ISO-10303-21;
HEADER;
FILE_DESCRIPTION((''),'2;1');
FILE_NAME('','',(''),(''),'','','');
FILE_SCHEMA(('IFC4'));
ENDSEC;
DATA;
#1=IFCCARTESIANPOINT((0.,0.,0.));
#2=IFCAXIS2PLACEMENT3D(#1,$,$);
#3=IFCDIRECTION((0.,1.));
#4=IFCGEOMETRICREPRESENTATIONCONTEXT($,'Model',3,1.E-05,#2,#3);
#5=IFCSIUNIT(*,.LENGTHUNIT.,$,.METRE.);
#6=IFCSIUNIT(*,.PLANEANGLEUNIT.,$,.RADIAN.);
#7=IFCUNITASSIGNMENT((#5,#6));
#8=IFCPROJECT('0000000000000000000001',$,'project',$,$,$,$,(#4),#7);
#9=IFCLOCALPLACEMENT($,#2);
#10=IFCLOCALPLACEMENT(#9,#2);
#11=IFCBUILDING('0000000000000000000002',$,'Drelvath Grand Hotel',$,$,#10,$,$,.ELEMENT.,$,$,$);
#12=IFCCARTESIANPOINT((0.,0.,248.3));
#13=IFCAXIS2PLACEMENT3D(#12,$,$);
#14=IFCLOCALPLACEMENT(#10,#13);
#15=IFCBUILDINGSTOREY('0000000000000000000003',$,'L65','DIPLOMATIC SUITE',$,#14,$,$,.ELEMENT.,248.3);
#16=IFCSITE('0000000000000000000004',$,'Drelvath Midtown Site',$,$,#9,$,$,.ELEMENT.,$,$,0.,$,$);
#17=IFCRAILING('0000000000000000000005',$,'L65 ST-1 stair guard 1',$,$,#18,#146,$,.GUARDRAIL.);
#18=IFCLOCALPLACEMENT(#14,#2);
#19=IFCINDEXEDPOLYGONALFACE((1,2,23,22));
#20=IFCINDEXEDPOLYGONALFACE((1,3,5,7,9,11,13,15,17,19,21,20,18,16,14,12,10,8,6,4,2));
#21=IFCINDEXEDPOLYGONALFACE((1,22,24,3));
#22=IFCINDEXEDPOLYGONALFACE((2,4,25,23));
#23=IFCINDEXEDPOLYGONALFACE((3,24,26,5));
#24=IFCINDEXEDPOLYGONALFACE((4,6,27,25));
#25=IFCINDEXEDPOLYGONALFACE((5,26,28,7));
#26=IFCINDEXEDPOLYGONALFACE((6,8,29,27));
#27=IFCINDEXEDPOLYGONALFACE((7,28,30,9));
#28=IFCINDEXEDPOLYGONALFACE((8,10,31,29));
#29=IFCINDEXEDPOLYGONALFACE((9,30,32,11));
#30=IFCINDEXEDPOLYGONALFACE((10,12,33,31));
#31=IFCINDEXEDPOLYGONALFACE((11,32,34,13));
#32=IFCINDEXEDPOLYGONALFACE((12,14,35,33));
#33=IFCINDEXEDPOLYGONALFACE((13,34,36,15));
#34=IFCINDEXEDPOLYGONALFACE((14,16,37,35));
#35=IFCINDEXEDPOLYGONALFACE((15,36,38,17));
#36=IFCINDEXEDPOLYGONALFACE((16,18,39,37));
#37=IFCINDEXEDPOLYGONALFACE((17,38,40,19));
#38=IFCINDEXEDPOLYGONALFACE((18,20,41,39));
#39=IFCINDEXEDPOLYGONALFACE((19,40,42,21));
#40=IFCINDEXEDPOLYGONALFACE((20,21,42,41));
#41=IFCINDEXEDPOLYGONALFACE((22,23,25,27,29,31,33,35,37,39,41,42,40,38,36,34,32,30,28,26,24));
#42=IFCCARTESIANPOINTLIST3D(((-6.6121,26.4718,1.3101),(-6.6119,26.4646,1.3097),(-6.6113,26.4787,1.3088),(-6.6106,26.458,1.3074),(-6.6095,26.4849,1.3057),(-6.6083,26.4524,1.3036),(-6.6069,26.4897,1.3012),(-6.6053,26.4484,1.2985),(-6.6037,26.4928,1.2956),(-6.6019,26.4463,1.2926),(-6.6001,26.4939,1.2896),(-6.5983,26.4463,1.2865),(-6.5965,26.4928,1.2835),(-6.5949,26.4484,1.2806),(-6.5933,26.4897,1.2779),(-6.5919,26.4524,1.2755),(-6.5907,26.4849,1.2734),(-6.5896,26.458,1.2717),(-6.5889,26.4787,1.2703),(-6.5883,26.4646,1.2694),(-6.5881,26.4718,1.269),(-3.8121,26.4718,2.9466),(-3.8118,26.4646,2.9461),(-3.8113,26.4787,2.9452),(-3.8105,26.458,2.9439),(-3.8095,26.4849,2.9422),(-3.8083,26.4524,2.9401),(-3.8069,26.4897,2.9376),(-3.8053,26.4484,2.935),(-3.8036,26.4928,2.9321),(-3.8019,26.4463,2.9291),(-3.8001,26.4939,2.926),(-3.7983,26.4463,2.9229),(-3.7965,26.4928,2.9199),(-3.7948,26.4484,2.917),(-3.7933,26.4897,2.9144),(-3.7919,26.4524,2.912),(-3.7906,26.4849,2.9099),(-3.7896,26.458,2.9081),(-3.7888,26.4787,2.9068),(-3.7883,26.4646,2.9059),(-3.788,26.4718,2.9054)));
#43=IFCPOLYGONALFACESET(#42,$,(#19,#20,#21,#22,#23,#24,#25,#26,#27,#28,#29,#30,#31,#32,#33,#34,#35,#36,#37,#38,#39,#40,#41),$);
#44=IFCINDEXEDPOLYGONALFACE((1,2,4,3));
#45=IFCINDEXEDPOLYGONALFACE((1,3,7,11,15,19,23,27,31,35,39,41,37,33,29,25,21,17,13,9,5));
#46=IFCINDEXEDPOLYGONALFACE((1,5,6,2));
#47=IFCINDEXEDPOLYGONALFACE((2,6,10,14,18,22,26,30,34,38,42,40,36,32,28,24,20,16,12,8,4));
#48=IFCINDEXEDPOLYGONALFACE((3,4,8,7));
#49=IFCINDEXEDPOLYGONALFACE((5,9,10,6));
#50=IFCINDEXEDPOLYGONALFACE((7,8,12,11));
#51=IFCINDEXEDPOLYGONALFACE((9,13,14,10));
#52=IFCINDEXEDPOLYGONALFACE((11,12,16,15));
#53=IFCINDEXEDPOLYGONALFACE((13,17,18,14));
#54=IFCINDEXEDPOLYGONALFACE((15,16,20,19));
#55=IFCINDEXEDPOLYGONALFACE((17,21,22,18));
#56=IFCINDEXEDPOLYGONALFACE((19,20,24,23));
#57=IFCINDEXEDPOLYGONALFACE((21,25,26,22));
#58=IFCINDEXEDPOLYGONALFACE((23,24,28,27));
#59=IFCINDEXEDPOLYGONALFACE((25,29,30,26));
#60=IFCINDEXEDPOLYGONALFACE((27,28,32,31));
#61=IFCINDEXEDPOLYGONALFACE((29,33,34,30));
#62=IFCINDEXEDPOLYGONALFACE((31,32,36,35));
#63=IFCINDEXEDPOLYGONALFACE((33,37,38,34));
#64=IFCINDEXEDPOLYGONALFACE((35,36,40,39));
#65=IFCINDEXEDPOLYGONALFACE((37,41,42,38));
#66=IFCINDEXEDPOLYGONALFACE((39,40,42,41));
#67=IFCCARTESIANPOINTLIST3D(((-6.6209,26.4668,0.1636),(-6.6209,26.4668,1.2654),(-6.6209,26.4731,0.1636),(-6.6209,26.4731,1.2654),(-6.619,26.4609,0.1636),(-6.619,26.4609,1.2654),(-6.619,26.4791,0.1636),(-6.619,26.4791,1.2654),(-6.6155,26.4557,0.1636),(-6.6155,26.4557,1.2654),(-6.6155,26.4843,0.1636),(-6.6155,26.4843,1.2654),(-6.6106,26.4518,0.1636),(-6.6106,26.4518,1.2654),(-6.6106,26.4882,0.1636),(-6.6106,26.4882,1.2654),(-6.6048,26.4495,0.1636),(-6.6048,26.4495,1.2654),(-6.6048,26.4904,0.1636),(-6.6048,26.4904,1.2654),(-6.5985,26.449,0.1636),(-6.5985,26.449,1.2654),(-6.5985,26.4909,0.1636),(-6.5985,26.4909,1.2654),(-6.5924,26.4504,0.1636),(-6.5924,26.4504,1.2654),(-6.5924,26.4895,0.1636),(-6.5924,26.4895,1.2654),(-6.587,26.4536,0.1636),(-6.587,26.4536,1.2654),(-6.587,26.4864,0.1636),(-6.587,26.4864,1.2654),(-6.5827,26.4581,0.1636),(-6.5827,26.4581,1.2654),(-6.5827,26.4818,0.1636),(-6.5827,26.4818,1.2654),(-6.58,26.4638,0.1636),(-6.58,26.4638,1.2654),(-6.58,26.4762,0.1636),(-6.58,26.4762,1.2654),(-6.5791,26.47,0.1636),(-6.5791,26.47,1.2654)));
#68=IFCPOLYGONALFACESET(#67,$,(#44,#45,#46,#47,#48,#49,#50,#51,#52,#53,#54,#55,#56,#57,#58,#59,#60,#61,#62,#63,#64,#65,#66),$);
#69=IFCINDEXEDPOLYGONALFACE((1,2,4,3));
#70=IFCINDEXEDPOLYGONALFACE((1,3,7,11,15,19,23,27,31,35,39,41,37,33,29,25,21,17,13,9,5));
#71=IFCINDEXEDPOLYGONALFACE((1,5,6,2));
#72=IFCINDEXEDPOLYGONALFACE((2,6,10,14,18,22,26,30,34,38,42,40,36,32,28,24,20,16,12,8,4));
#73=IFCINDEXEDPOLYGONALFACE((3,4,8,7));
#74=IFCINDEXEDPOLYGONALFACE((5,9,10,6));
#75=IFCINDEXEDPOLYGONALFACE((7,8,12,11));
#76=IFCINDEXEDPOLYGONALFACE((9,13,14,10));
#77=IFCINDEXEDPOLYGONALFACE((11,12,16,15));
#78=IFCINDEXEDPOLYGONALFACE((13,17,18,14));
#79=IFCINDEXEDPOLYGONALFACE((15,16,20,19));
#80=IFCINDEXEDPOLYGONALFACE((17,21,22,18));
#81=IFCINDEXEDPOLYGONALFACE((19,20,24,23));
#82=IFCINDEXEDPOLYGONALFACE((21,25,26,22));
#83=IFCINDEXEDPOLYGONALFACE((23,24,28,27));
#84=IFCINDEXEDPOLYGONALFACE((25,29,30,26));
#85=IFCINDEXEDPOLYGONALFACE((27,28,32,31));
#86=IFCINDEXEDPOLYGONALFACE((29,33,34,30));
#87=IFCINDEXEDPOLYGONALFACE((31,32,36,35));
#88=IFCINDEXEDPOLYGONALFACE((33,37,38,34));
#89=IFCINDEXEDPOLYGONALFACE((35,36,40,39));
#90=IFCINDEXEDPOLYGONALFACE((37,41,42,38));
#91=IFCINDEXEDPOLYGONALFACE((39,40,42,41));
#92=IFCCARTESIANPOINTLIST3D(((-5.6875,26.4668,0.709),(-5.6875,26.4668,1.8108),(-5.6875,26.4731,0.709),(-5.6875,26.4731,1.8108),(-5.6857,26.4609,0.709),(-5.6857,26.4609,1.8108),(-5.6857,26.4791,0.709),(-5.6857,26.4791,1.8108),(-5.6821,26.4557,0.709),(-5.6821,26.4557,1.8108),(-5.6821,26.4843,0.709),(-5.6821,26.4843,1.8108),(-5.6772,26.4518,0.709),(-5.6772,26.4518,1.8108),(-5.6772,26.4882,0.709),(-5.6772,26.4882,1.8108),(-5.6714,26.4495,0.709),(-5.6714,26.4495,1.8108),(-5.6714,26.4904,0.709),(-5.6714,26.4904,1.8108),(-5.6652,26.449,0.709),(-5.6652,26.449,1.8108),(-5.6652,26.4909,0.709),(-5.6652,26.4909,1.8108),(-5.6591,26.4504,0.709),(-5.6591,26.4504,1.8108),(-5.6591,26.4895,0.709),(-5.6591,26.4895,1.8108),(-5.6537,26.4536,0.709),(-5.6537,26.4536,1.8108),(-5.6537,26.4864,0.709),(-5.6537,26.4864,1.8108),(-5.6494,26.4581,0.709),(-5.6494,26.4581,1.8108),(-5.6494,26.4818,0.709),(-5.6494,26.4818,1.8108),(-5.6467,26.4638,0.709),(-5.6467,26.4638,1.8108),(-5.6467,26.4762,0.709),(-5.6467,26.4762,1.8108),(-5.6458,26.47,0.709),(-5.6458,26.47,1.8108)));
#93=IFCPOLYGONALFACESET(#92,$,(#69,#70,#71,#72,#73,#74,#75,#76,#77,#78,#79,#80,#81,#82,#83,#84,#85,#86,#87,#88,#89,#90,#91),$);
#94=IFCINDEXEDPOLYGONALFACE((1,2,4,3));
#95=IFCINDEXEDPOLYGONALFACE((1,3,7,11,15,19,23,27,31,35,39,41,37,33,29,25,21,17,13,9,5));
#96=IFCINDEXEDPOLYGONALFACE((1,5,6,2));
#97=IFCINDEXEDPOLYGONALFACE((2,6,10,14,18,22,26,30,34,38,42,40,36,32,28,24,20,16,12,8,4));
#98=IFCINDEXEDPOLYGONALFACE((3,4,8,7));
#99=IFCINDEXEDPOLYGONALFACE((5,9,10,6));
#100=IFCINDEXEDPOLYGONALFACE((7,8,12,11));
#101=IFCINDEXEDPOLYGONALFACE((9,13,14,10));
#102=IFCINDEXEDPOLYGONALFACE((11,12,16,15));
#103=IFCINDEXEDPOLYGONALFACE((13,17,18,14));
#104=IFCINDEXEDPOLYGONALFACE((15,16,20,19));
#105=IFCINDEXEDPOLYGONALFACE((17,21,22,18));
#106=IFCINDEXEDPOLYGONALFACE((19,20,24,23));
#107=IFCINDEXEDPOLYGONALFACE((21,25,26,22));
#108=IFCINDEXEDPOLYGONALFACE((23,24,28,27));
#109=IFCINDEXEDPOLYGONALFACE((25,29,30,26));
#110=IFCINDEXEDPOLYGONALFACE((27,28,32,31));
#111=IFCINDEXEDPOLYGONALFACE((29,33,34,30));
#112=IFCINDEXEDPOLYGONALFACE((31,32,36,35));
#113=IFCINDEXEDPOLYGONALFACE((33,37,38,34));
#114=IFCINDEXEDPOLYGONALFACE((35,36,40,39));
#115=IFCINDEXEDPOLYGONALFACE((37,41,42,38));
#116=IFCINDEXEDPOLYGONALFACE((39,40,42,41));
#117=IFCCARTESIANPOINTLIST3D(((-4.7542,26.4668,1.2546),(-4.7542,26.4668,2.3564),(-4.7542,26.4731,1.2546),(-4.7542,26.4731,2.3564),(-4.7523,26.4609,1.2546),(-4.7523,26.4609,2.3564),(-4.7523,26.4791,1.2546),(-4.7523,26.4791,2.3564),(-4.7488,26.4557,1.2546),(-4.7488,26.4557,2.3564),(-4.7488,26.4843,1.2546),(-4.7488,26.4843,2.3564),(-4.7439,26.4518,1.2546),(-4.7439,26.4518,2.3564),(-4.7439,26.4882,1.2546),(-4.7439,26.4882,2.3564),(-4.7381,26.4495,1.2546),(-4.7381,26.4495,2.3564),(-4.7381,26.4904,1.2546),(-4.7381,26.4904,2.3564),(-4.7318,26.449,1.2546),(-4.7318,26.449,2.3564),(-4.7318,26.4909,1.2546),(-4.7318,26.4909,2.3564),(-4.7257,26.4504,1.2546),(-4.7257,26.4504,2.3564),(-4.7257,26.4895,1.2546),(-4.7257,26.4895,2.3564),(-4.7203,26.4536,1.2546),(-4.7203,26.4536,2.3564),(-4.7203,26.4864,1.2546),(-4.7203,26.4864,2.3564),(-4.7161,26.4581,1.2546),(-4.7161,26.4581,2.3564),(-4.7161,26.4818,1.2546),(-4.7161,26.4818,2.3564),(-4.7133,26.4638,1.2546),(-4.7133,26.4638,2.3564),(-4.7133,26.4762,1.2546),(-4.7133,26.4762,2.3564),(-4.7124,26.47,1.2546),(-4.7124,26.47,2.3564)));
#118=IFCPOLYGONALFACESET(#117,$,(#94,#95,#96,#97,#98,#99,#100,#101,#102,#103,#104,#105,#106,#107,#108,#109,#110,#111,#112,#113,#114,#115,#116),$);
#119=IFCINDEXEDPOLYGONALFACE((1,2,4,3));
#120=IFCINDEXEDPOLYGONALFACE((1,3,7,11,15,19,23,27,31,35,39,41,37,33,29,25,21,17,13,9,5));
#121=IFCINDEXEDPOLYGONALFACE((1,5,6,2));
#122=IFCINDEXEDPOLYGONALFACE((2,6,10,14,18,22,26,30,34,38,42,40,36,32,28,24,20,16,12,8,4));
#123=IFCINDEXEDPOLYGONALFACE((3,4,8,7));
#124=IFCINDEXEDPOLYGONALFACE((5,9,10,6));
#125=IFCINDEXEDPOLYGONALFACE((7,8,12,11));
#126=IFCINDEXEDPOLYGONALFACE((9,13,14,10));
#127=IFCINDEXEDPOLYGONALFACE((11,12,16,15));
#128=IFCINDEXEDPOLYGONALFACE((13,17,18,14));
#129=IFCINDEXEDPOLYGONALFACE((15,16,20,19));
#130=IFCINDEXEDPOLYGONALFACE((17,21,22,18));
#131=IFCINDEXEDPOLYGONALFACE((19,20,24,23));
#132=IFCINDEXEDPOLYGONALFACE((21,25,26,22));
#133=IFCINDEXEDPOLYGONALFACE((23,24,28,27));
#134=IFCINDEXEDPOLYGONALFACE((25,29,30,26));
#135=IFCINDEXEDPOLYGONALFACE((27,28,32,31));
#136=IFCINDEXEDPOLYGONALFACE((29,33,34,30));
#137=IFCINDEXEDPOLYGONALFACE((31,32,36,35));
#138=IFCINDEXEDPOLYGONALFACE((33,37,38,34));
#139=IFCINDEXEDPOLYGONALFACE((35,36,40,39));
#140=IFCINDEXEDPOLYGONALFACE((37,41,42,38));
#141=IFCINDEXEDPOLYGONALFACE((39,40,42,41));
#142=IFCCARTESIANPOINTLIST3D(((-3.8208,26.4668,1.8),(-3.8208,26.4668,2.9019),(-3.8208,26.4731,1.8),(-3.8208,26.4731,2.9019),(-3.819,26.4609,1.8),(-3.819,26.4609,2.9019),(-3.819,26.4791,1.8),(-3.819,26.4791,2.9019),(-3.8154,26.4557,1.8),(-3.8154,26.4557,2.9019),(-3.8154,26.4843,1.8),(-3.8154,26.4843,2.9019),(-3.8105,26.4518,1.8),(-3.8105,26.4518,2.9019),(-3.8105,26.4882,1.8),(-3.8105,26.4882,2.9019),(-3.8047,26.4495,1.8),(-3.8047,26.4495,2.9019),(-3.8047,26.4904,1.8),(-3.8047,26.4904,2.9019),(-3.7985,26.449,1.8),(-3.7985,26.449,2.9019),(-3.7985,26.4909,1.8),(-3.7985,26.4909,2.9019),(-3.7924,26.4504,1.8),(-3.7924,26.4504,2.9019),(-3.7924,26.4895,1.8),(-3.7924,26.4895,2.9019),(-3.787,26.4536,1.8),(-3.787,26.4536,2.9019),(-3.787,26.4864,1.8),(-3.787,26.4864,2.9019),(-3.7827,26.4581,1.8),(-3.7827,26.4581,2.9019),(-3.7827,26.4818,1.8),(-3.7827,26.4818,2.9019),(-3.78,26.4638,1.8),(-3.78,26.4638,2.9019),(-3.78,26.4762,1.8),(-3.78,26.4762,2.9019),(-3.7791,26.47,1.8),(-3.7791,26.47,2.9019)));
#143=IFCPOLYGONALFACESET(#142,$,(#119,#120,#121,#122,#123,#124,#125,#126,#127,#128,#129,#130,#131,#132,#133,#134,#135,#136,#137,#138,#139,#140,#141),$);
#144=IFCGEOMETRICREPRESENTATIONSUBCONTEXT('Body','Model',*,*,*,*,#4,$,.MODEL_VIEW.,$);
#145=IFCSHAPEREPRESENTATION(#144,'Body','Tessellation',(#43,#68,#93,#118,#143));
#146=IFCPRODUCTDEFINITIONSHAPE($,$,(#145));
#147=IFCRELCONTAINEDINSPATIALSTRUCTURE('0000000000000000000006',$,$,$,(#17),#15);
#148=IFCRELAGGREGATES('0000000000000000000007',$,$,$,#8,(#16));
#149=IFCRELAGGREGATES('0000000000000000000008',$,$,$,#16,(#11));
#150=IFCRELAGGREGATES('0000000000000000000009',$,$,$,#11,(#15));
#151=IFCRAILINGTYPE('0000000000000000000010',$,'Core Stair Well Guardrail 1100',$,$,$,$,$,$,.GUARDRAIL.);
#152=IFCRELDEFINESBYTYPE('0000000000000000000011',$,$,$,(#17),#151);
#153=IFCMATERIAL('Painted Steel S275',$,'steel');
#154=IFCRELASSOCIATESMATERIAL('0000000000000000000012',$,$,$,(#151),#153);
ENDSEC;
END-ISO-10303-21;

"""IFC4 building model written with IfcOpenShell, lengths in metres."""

from ifc_helpers import new_model, si_unit, direction, frame, origin, origin_2d, place, context, subcontext, project, spatial, circle, extrude, material, type_object, element, save


model = new_model("IFC4")

# Units and contexts
model_context = context("Model", 3, precision=1e-05, world=origin(), true_north=direction((0.0, 1.0)))
body_context = subcontext(model_context, "Body", "Model", "MODEL_VIEW")
ifc_project = project(units=[si_unit("LENGTHUNIT", "METRE"), si_unit("PLANEANGLEUNIT", "RADIAN")], contexts=[model_context])

# Site, building, storey
site_placement = place(None, origin())
site = spatial("IfcSite", under=ifc_project, at=site_placement, Name="Drelvath Midtown Site", CompositionType="ELEMENT", RefElevation=0.0)
building_placement = place(site_placement, origin())
building = spatial("IfcBuilding", under=site, at=building_placement, Name="Drelvath Grand Hotel", CompositionType="ELEMENT")
storey_placement = place(building_placement, frame((0.0, 0.0, 248.3)))
storey = spatial("IfcBuildingStorey", under=building, at=storey_placement, Name="L65", Description="DIPLOMATIC SUITE", CompositionType="ELEMENT", Elevation=248.3)

# Shared definitions
ifc_material_1 = material(Name="Painted Steel S275", Category="steel")

# Railing
railing_type_1 = type_object("IfcRailingType", Name="Core Stair Well Guardrail 1100", PredefinedType="GUARDRAIL", material=ifc_material_1)
railing_1_placement = place(storey_placement, frame((-6.6001, 26.47, 0.1636)))
element("IfcRailing", 1, at=railing_1_placement, inside=storey, type_object=railing_type_1, Name="L65 ST-1 stair guard 1", PredefinedType="GUARDRAIL", context=body_context, shape_type="SweptSolid", body=[
    extrude(circle(Radius=0.0239, at=origin_2d()), frame((0.0, 0.0, 1.126), z_axis=(0.863361, 0.0, 0.504587), x_axis=(0.0, 1.0, 0.0)), (0.0, 0.0, 1.0), 3.2432),
    extrude(circle(Radius=0.021, at=origin_2d()), origin(), (0.0, 0.0, 1.0), 1.1018),
    extrude(circle(Radius=0.021, at=origin_2d()), frame((0.9333, 0.0, 0.5454)), (0.0, 0.0, 1.0), 1.1018),
    extrude(circle(Radius=0.021, at=origin_2d()), frame((1.8667, 0.0, 1.0911)), (0.0, 0.0, 1.0), 1.1018),
    extrude(circle(Radius=0.021, at=origin_2d()), frame((2.8, 0.0, 1.6365)), (0.0, 0.0, 1.0), 1.1018),
])

save(model, "model.ifc")
